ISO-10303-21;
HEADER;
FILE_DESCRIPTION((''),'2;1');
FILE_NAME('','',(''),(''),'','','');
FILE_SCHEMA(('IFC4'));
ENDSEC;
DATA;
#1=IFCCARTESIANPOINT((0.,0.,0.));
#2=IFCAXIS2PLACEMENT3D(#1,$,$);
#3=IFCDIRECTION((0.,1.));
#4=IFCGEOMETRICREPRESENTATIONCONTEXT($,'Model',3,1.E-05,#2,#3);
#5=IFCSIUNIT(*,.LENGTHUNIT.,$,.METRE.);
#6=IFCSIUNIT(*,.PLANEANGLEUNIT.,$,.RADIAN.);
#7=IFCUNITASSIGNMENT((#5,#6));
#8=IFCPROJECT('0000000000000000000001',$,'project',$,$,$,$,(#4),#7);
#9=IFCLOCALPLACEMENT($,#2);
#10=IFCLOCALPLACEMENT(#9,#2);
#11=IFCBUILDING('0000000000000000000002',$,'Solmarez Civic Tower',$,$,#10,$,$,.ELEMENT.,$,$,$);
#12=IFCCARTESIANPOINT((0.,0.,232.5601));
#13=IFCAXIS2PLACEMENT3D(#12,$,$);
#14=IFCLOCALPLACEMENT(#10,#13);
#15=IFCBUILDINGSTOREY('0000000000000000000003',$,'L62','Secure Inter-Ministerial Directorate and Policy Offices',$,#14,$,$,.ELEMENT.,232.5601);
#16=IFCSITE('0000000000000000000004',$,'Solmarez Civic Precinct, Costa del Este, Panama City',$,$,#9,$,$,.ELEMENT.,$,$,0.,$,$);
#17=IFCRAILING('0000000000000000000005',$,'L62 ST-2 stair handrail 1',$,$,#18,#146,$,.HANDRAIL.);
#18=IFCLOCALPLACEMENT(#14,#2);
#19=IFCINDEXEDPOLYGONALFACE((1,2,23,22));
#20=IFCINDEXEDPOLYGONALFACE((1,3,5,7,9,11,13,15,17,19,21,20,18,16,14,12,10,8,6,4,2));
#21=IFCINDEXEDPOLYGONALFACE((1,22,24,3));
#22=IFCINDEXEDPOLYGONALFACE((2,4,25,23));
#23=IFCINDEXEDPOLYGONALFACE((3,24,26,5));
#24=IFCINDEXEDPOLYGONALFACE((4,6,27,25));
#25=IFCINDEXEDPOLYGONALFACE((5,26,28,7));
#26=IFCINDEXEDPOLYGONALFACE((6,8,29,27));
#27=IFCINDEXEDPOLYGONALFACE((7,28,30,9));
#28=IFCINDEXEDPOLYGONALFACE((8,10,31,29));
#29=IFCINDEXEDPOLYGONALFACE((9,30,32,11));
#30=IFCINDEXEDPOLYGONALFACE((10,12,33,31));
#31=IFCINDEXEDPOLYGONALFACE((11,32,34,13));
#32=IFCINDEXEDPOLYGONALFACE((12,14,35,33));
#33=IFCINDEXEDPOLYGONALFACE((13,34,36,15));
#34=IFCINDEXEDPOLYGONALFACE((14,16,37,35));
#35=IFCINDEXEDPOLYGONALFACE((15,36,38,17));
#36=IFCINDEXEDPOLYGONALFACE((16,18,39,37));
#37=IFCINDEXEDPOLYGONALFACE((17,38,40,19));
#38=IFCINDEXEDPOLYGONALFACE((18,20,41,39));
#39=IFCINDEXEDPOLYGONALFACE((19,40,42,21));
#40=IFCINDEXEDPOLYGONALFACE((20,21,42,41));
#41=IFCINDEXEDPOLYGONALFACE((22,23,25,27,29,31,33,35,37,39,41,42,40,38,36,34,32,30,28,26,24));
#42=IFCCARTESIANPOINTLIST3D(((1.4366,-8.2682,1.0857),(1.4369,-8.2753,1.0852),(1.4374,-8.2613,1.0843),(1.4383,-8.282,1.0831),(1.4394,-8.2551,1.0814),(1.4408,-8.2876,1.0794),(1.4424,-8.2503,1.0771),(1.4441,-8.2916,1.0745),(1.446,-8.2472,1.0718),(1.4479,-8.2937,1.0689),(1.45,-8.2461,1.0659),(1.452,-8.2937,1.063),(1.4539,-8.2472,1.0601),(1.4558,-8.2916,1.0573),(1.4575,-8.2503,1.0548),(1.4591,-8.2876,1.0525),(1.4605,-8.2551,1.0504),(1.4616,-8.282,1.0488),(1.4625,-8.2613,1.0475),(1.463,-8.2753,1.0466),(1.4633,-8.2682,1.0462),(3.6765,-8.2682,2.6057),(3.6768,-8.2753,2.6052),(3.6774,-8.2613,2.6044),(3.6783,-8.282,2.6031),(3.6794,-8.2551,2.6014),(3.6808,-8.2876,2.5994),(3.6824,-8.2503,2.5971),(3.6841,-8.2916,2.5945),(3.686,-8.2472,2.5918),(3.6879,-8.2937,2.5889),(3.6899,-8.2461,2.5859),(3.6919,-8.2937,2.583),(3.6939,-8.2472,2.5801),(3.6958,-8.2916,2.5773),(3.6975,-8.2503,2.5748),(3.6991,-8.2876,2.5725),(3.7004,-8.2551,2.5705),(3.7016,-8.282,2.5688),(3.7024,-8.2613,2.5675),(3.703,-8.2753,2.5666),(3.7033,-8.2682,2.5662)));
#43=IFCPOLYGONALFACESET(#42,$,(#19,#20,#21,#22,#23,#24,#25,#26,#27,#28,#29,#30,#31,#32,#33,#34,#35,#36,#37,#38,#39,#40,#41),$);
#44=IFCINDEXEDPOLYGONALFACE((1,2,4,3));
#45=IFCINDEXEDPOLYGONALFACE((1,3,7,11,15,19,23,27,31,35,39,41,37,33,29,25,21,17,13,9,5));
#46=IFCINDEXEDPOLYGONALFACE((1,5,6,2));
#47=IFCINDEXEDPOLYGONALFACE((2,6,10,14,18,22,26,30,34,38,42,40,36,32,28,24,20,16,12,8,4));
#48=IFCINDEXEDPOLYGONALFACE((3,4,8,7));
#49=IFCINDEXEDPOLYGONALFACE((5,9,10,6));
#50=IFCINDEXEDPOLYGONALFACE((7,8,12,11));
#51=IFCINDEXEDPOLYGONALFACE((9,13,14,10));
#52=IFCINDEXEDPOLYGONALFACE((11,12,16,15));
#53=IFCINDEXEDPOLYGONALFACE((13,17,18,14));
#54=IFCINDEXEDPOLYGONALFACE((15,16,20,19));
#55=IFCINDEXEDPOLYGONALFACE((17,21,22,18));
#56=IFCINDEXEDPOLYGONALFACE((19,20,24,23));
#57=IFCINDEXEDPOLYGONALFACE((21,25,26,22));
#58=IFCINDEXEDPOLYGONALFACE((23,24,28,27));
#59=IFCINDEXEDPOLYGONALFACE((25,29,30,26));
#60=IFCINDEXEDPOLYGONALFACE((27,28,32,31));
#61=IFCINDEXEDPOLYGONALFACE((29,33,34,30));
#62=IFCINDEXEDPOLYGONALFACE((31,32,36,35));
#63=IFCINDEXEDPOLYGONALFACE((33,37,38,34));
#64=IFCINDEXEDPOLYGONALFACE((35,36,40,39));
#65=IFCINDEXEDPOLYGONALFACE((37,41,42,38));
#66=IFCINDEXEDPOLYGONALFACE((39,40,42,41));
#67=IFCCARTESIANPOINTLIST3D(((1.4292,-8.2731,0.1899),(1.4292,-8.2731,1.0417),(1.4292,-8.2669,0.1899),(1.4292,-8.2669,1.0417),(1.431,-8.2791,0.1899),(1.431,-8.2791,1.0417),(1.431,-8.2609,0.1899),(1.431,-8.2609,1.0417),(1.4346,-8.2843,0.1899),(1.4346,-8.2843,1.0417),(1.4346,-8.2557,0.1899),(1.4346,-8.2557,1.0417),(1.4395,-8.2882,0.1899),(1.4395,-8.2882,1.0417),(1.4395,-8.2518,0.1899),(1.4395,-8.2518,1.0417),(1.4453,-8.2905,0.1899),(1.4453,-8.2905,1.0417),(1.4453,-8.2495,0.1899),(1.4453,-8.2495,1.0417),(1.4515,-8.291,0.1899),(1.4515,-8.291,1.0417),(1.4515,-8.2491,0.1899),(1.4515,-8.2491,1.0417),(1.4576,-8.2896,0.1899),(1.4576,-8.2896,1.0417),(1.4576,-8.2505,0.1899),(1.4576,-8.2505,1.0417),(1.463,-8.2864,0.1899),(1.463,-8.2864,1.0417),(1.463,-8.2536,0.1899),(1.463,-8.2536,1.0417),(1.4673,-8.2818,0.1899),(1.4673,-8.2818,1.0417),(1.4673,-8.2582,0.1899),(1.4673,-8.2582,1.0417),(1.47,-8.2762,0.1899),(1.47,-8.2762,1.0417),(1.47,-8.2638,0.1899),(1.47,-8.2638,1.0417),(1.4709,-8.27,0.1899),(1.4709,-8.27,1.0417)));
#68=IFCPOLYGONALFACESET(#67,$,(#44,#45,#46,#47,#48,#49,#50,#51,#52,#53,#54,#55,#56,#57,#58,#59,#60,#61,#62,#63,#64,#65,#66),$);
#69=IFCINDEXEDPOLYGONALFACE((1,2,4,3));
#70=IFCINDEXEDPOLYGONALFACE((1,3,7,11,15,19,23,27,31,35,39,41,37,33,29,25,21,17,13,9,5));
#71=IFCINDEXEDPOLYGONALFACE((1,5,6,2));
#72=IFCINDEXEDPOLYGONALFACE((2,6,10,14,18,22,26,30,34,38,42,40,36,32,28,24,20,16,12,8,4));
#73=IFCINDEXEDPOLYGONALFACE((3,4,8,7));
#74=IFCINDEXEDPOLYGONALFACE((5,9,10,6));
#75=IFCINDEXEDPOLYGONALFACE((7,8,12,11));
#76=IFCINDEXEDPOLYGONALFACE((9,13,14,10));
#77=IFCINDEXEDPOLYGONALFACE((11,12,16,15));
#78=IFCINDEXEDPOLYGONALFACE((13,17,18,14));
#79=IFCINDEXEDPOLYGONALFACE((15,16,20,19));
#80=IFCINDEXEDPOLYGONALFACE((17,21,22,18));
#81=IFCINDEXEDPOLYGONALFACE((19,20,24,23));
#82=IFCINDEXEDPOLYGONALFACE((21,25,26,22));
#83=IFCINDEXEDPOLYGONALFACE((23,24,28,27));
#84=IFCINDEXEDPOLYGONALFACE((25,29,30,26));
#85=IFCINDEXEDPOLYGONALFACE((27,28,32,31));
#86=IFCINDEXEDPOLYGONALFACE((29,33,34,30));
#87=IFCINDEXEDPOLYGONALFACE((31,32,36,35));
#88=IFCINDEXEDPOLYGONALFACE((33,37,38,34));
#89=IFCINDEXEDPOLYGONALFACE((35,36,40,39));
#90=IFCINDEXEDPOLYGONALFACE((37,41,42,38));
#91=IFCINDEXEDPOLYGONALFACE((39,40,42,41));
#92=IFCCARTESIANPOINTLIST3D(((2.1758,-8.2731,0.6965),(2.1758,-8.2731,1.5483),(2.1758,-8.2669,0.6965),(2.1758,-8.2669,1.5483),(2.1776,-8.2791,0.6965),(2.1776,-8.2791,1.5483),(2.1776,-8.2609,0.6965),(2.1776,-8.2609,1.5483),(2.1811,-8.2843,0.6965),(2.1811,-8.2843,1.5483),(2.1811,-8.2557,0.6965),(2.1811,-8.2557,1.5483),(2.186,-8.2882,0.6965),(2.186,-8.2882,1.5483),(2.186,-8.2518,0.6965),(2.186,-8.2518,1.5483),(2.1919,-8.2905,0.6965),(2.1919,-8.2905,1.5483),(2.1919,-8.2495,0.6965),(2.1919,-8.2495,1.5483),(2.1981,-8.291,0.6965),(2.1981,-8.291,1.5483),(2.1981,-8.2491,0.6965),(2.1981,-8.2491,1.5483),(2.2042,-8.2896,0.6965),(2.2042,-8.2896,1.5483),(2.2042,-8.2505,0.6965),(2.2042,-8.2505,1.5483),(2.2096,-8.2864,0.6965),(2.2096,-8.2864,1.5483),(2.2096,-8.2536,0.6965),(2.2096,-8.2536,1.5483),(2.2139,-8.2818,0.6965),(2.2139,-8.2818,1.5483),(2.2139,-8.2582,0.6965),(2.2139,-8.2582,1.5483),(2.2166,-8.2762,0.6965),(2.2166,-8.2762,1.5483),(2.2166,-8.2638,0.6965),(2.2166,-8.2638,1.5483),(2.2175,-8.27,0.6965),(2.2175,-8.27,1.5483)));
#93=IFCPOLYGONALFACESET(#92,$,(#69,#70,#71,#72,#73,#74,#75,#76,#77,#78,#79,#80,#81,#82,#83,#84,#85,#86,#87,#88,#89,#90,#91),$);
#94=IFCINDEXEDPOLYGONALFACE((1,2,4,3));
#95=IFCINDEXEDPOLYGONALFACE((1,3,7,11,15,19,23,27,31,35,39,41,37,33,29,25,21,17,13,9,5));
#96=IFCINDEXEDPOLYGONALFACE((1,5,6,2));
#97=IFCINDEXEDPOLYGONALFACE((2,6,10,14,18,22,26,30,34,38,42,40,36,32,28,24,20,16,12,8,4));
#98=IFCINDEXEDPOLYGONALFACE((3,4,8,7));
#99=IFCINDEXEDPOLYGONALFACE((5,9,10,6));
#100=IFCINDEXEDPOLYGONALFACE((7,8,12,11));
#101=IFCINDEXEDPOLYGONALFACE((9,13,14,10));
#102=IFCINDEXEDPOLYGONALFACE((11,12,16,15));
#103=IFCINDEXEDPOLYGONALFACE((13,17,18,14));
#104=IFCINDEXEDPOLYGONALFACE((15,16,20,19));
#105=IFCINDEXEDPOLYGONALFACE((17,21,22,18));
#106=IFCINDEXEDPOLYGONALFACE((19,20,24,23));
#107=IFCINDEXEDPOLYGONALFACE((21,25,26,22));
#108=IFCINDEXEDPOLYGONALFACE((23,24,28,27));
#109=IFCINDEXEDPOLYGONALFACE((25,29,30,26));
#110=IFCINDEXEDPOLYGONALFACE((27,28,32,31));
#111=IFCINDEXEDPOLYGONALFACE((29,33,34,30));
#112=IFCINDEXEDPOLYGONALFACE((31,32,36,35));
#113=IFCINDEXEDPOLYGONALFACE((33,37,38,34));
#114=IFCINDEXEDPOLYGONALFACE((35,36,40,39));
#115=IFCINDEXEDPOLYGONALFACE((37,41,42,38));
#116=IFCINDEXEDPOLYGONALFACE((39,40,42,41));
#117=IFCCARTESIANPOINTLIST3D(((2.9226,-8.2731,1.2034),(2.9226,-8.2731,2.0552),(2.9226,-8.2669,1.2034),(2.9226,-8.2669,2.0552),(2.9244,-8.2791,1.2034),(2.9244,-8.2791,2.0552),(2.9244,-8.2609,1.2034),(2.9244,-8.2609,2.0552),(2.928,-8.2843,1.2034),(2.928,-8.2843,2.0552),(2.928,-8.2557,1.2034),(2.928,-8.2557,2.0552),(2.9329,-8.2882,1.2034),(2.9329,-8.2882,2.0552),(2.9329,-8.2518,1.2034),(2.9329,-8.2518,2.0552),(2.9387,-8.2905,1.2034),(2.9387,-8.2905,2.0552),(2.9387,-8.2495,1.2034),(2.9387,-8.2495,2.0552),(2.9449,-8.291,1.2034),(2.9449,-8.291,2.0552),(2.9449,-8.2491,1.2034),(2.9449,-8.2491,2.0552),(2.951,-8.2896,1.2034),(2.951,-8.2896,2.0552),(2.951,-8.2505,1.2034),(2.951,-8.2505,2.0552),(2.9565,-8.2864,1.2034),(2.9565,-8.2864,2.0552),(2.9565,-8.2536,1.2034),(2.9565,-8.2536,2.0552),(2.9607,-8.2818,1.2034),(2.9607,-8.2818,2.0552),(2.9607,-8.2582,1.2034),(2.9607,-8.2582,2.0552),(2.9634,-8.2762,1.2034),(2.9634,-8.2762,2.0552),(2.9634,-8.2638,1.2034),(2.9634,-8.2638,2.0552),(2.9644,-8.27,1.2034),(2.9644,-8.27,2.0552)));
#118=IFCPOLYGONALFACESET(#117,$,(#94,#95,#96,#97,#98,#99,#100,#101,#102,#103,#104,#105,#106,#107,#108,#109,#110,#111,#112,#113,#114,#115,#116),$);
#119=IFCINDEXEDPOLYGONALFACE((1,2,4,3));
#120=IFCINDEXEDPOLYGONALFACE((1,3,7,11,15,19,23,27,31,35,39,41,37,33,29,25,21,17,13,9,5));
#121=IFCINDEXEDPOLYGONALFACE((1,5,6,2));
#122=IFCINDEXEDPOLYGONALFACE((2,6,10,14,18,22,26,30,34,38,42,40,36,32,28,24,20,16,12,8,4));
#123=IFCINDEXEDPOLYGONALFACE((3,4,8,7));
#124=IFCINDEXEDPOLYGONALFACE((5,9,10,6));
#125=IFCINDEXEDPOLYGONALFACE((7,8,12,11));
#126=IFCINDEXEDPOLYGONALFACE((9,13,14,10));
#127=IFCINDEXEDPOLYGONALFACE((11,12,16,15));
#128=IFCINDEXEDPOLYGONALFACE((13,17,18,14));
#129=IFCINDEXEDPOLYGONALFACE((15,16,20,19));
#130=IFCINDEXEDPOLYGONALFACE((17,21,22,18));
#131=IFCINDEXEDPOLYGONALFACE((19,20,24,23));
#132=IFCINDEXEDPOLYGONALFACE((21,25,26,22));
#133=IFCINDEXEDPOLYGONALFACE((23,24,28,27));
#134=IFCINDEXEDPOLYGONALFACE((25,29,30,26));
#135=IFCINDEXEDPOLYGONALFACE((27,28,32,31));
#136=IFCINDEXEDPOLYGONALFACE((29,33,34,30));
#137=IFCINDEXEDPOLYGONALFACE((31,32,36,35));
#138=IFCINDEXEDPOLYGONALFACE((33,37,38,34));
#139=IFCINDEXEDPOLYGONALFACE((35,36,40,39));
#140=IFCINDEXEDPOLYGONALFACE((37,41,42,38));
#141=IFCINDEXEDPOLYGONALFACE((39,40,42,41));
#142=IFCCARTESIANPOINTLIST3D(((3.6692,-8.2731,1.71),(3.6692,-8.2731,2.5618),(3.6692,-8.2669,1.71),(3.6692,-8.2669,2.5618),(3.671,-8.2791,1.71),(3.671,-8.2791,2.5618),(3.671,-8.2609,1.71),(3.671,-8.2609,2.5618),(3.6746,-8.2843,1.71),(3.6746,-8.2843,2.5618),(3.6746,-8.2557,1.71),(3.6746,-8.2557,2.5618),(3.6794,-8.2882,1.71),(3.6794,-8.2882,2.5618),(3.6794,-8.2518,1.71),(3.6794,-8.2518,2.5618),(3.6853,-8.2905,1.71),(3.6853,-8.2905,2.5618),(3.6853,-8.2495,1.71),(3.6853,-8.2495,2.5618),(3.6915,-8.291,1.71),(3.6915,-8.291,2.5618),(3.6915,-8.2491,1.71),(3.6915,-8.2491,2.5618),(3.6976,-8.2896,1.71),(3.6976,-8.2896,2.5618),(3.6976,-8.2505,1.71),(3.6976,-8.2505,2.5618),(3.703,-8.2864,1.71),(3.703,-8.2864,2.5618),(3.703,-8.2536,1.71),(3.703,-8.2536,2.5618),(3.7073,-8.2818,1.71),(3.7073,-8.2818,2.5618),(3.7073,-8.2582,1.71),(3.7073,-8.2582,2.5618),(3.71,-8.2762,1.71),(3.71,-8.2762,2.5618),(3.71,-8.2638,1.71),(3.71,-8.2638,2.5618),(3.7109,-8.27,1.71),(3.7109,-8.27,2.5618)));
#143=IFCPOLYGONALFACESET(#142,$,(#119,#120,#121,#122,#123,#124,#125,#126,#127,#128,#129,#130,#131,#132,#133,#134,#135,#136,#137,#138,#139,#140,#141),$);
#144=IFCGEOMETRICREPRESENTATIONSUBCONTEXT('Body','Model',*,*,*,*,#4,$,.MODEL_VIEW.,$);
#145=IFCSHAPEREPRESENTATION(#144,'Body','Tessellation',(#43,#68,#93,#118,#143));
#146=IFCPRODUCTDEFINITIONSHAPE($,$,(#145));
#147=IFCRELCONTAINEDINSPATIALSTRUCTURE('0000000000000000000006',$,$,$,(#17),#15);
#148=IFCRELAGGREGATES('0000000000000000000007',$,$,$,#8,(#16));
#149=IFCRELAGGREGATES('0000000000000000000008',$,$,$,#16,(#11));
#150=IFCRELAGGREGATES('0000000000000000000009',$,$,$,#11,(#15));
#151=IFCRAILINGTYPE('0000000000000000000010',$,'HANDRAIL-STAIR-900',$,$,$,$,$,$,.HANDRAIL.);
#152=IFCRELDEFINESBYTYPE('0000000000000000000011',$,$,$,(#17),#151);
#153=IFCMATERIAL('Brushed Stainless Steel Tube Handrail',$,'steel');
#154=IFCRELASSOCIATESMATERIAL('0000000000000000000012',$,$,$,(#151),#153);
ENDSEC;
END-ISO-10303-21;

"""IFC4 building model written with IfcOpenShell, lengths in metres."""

from ifc_helpers import new_model, si_unit, direction, frame, origin, origin_2d, place, context, subcontext, project, spatial, circle, extrude, material, type_object, element, save


model = new_model("IFC4")

# Units and contexts
model_context = context("Model", 3, precision=1e-05, world=origin(), true_north=direction((0.0, 1.0)))
body_context = subcontext(model_context, "Body", "Model", "MODEL_VIEW")
ifc_project = project(units=[si_unit("LENGTHUNIT", "METRE"), si_unit("PLANEANGLEUNIT", "RADIAN")], contexts=[model_context])

# Site, building, storey
site_placement = place(None, origin())
site = spatial("IfcSite", under=ifc_project, at=site_placement, Name="Solmarez Civic Precinct, Costa del Este, Panama City", CompositionType="ELEMENT", RefElevation=0.0)
building_placement = place(site_placement, origin())
building = spatial("IfcBuilding", under=site, at=building_placement, Name="Solmarez Civic Tower", CompositionType="ELEMENT")
storey_placement = place(building_placement, frame((0.0, 0.0, 232.5601)))
storey = spatial("IfcBuildingStorey", under=building, at=storey_placement, Name="L62", Description="Secure Inter-Ministerial Directorate and Policy Offices", CompositionType="ELEMENT", Elevation=232.5601)

# Railing
ifc_material_1 = material(Name="Brushed Stainless Steel Tube Handrail", Category="steel")
railing_type_1 = type_object("IfcRailingType", Name="HANDRAIL-STAIR-900", PredefinedType="HANDRAIL", material=ifc_material_1)
railing_1_placement = place(storey_placement, frame((1.45, -8.27, 0.1899)))
element("IfcRailing", 1, at=railing_1_placement, inside=storey, type_object=railing_type_1, Name="L62 ST-2 stair handrail 1", PredefinedType="HANDRAIL", context=body_context, shape_type="SweptSolid", body=[
    extrude(circle(Radius=0.0239, at=origin_2d()), frame((0.0, 0.0, 0.876), z_axis=(0.827471, 0.0, 0.561508), x_axis=(0.0, 1.0, 0.0)), (0.0, 0.0, 1.0), 2.707),
    extrude(circle(Radius=0.021, at=origin_2d()), origin(), (0.0, 0.0, 1.0), 0.8518),
    extrude(circle(Radius=0.021, at=origin_2d()), frame((0.7466, 0.0, 0.5066)), (0.0, 0.0, 1.0), 0.8518),
    extrude(circle(Radius=0.021, at=origin_2d()), frame((1.4934, 0.0, 1.0134)), (0.0, 0.0, 1.0), 0.8518),
    extrude(circle(Radius=0.021, at=origin_2d()), frame((2.24, 0.0, 1.52)), (0.0, 0.0, 1.0), 0.8518),
])

save(model, "model.ifc")
